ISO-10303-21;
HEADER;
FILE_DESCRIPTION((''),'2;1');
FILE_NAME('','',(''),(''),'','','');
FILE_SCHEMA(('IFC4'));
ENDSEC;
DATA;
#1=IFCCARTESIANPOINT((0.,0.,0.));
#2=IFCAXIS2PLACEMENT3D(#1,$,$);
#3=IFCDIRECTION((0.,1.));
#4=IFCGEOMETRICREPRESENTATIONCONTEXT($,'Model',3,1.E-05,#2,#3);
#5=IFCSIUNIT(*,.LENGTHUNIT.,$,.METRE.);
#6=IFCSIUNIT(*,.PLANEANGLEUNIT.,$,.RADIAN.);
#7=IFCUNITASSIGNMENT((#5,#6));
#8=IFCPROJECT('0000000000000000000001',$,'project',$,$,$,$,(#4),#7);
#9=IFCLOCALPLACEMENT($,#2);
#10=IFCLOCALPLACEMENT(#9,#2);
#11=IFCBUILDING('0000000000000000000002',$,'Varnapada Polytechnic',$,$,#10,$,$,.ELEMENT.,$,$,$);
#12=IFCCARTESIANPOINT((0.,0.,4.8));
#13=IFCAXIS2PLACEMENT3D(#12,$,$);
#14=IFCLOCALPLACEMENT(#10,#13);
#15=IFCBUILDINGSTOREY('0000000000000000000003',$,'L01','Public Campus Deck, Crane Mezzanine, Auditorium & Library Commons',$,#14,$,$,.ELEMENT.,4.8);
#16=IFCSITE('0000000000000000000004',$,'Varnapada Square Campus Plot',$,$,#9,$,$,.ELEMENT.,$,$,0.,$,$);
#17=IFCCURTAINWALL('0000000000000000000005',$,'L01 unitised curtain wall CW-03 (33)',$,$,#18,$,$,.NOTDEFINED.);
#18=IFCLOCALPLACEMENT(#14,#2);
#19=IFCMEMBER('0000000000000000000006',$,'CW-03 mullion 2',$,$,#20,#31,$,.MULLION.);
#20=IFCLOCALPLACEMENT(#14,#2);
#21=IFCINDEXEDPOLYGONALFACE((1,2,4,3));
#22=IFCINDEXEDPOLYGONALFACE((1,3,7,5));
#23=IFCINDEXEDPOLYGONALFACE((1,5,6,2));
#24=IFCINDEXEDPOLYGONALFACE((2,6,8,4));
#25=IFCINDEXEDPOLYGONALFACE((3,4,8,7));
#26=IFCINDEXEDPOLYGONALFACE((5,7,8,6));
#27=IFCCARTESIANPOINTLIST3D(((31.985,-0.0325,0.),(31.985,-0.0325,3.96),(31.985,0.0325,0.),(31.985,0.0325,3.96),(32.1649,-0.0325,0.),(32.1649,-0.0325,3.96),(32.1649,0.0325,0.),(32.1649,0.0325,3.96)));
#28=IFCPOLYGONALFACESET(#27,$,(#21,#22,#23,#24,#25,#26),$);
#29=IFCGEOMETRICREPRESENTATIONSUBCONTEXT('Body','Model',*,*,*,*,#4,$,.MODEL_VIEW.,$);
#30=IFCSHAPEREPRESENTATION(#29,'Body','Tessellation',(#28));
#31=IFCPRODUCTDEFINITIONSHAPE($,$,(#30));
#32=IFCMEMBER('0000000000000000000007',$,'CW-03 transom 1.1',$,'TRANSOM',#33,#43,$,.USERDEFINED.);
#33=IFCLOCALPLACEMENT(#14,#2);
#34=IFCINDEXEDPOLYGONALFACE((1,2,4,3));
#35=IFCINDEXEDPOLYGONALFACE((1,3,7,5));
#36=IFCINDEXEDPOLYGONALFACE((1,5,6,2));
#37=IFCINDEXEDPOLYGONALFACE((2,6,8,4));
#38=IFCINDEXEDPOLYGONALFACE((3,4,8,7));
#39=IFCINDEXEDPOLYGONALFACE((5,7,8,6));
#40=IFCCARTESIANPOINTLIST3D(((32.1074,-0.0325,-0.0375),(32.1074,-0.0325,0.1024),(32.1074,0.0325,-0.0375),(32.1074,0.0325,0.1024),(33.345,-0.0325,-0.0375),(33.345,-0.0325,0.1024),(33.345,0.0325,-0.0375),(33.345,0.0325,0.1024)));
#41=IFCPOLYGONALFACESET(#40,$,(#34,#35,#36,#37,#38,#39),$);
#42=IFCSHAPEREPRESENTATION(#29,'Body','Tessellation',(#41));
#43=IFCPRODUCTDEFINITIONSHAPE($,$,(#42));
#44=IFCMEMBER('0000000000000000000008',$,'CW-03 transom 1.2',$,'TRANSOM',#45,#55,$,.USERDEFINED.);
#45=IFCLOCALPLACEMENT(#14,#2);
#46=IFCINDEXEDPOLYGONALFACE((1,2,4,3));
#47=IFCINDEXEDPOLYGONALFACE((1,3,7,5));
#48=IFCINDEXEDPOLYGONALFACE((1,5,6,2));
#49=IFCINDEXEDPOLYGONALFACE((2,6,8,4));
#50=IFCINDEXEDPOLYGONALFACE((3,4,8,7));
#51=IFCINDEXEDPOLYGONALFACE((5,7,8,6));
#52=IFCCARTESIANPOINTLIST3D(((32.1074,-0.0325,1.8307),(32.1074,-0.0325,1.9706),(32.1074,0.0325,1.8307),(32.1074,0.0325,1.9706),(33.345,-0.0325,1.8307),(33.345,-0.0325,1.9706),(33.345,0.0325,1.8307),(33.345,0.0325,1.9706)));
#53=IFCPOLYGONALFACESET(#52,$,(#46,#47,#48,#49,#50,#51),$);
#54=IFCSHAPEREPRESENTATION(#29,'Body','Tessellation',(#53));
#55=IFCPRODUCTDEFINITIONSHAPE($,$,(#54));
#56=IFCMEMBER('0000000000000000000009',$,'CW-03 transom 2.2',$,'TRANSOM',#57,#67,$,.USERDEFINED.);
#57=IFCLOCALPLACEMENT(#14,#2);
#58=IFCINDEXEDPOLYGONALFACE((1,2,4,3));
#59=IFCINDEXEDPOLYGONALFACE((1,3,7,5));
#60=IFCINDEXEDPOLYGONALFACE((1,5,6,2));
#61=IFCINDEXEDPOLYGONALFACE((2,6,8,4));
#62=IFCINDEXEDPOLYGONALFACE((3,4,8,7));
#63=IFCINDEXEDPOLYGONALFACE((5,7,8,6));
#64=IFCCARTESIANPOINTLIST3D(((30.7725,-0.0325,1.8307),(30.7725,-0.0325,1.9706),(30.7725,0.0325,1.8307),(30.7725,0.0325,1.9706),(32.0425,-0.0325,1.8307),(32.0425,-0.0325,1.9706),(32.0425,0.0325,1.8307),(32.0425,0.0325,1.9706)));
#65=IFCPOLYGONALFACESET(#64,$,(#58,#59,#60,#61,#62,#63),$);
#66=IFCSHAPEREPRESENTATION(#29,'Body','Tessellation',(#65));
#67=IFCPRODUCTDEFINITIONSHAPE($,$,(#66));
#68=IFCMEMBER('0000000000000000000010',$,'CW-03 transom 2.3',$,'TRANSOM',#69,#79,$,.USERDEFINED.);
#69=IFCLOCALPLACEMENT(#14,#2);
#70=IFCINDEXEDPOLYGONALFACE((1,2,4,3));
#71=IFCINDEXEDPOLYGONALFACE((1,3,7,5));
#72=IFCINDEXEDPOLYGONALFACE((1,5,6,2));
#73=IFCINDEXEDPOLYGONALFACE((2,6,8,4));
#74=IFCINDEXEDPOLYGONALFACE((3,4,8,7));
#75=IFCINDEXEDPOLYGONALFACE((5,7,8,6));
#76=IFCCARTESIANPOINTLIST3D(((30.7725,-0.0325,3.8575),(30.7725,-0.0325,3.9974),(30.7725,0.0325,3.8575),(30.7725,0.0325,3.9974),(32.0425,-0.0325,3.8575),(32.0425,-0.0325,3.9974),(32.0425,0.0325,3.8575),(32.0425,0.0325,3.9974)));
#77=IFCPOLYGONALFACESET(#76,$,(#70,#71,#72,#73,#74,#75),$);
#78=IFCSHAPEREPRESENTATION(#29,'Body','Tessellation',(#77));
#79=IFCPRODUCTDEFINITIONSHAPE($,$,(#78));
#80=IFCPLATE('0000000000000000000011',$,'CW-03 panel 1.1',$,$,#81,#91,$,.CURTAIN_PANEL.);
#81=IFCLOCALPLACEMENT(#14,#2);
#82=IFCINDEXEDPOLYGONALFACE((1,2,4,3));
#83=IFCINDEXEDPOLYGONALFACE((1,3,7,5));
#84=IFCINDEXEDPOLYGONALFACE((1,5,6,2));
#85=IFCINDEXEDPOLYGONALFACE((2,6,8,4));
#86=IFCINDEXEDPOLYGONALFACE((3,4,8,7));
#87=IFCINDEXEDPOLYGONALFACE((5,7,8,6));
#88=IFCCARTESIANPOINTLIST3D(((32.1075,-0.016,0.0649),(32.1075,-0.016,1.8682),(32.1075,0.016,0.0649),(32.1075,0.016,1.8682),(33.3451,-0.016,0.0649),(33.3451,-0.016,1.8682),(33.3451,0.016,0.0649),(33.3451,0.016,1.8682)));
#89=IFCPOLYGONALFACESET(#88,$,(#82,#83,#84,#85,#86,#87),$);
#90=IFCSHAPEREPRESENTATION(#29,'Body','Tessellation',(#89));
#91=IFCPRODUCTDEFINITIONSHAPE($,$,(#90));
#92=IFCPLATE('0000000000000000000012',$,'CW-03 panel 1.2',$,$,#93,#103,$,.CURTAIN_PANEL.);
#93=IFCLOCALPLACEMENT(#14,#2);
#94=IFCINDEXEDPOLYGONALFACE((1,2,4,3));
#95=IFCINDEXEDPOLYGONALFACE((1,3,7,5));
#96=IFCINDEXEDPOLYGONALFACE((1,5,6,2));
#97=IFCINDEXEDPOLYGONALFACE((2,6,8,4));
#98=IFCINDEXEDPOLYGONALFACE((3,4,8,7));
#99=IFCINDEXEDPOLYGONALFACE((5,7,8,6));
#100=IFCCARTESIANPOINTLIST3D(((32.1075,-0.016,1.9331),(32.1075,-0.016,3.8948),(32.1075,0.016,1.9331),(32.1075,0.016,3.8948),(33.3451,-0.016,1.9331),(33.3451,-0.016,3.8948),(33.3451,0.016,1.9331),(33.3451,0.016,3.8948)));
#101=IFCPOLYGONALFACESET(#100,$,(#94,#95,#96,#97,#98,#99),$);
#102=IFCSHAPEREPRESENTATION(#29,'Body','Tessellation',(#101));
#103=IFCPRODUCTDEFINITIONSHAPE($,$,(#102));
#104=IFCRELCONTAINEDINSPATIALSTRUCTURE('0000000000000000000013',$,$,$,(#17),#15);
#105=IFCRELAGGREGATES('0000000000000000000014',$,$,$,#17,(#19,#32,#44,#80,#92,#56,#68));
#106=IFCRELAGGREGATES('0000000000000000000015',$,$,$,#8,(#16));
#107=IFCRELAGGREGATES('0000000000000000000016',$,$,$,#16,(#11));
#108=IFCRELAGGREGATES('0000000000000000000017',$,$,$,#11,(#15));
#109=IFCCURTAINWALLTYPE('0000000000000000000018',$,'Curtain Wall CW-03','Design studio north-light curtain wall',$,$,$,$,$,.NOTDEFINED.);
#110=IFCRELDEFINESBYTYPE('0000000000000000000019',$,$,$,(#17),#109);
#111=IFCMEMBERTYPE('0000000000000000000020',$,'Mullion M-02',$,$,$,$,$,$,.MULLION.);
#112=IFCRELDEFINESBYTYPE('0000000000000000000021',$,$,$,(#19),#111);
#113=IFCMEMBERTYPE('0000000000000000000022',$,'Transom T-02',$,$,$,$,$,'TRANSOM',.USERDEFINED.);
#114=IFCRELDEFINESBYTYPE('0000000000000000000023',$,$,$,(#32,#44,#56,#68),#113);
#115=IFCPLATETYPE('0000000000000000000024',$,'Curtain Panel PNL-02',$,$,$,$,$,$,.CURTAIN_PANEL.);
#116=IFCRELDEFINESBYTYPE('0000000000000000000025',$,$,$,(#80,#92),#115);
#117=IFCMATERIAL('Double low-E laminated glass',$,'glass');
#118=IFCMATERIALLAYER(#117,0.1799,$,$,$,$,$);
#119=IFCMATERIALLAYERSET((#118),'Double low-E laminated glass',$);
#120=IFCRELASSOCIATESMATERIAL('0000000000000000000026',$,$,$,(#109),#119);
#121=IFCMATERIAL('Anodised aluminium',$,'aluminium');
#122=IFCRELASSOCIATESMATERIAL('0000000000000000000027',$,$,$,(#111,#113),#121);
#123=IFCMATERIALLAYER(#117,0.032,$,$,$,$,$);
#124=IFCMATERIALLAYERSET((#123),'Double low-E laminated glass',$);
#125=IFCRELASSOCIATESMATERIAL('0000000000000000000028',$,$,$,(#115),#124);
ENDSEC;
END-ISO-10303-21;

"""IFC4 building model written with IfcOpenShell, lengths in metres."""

from ifc_helpers import new_model, si_unit, direction, frame, origin, origin_2d, place, context, subcontext, project, spatial, rectangle, extrude, material, layer, layer_set, material_profile, profile_set, type_object, element, aggregate, save


model = new_model("IFC4")

# Units and contexts
model_context = context("Model", 3, precision=1e-05, world=origin(), true_north=direction((0.0, 1.0)))
body_context = subcontext(model_context, "Body", "Model", "MODEL_VIEW")
ifc_project = project(units=[si_unit("LENGTHUNIT", "METRE"), si_unit("PLANEANGLEUNIT", "RADIAN")], contexts=[model_context])

# Site, building, storey
site_placement = place(None, origin())
site = spatial("IfcSite", under=ifc_project, at=site_placement, Name="Varnapada Square Campus Plot", CompositionType="ELEMENT", RefElevation=0.0)
building_placement = place(site_placement, origin())
building = spatial("IfcBuilding", under=site, at=building_placement, Name="Varnapada Polytechnic", CompositionType="ELEMENT")
storey_placement = place(building_placement, frame((0.0, 0.0, 4.8)))
storey = spatial("IfcBuildingStorey", under=building, at=storey_placement, Name="L01", Description="Public Campus Deck, Crane Mezzanine, Auditorium & Library Commons", CompositionType="ELEMENT", Elevation=4.8)

# Curtain wall, members, plates
ifc_material_1 = material(Name="Double low-E laminated glass", Category="glass")
ifc_layer_1 = layer(ifc_material_1, 0.1799)
ifc_layer_set_1 = layer_set([ifc_layer_1], Name="Double low-E laminated glass")
curtain_wall_type = type_object("IfcCurtainWallType", Name="Curtain Wall CW-03", Description="Design studio north-light curtain wall", PredefinedType="NOTDEFINED", material=ifc_layer_set_1)
curtain_wall_placement = place(storey_placement, origin())
curtain_wall = element("IfcCurtainWall", 1, at=curtain_wall_placement, inside=storey, type_object=curtain_wall_type, Name="L01 unitised curtain wall CW-03 (33)", PredefinedType="NOTDEFINED")
ifc_material_2 = material(Name="Anodised aluminium", Category="aluminium")
ifc_material_profile_1 = material_profile(ifc_material_2, rectangle(XDim=0.0649, YDim=0.1799, at=origin_2d()), Name="ALU M65x180")
ifc_profile_set_1 = profile_set([ifc_material_profile_1], Name="Anodised aluminium")
member_type_1 = type_object("IfcMemberType", Name="Mullion M-02", PredefinedType="MULLION", material=ifc_profile_set_1)
member_1_placement = place(storey_placement, frame((32.075, 0.0, 0.0), z_axis=(0.0, 0.0, 1.0), x_axis=(0.0, -1.0, 0.0)))
member_1 = element("IfcMember", 2, at=member_1_placement, type_object=member_type_1, Name="CW-03 mullion 2", PredefinedType="MULLION", context=body_context, shape_type="SweptSolid", body=[
    extrude(rectangle(XDim=0.0649, YDim=0.1799, at=origin_2d()), origin(), (0.0, 0.0, 1.0), 3.96),
])
ifc_material_profile_2 = material_profile(ifc_material_2, rectangle(XDim=0.0649, YDim=0.1399, at=origin_2d()), Name="ALU T65x140")
ifc_profile_set_2 = profile_set([ifc_material_profile_2], Name="Anodised aluminium")
member_type_2 = type_object("IfcMemberType", Name="Transom T-02", ElementType="TRANSOM", PredefinedType="USERDEFINED", material=ifc_profile_set_2)
member_2_placement = place(storey_placement, frame((33.345, 0.0, 0.0325), z_axis=(-1.0, 0.0, 0.0), x_axis=(0.0, -1.0, 0.0)))
member_2 = element("IfcMember", 3, at=member_2_placement, type_object=member_type_2, Name="CW-03 transom 1.1", ObjectType="TRANSOM", PredefinedType="USERDEFINED", context=body_context, shape_type="SweptSolid", body=[
    extrude(rectangle(XDim=0.0649, YDim=0.1399, at=origin_2d()), origin(), (0.0, 0.0, 1.0), 1.2375),
])
member_3_placement = place(storey_placement, frame((33.345, 0.0, 1.9006), z_axis=(-1.0, 0.0, 0.0), x_axis=(0.0, -1.0, 0.0)))
member_3 = element("IfcMember", 4, at=member_3_placement, type_object=member_type_2, Name="CW-03 transom 1.2", ObjectType="TRANSOM", PredefinedType="USERDEFINED", context=body_context, shape_type="SweptSolid", body=[
    extrude(rectangle(XDim=0.0649, YDim=0.1399, at=origin_2d()), origin(), (0.0, 0.0, 1.0), 1.2375),
])
member_4_placement = place(storey_placement, frame((32.0425, 0.0, 1.9006), z_axis=(-1.0, 0.0, 0.0), x_axis=(0.0, -1.0, 0.0)))
member_4 = element("IfcMember", 5, at=member_4_placement, type_object=member_type_2, Name="CW-03 transom 2.2", ObjectType="TRANSOM", PredefinedType="USERDEFINED", context=body_context, shape_type="SweptSolid", body=[
    extrude(rectangle(XDim=0.0649, YDim=0.1399, at=origin_2d()), origin(), (0.0, 0.0, 1.0), 1.27),
])
member_5_placement = place(storey_placement, frame((32.0425, 0.0, 3.9275), z_axis=(-1.0, 0.0, 0.0), x_axis=(0.0, -1.0, 0.0)))
member_5 = element("IfcMember", 6, at=member_5_placement, type_object=member_type_2, Name="CW-03 transom 2.3", ObjectType="TRANSOM", PredefinedType="USERDEFINED", context=body_context, shape_type="SweptSolid", body=[
    extrude(rectangle(XDim=0.0649, YDim=0.1399, at=origin_2d()), origin(), (0.0, 0.0, 1.0), 1.27),
])
ifc_layer_2 = layer(ifc_material_1, 0.032)
ifc_layer_set_2 = layer_set([ifc_layer_2], Name="Double low-E laminated glass")
plate_type = type_object("IfcPlateType", Name="Curtain Panel PNL-02", PredefinedType="CURTAIN_PANEL", material=ifc_layer_set_2)
plate_1_placement = place(storey_placement, frame((32.7263, 0.0, 0.0649), z_axis=(0.0, 0.0, 1.0), x_axis=(-1.0, 0.0, 0.0)))
plate_1 = element("IfcPlate", 7, at=plate_1_placement, type_object=plate_type, Name="CW-03 panel 1.1", PredefinedType="CURTAIN_PANEL", context=body_context, shape_type="SweptSolid", body=[
    extrude(rectangle(XDim=1.2375, YDim=0.032, at=origin_2d()), origin(), (0.0, 0.0, 1.0), 1.8032),
])
plate_2_placement = place(storey_placement, frame((32.7263, 0.0, 1.9331), z_axis=(0.0, 0.0, 1.0), x_axis=(-1.0, 0.0, 0.0)))
plate_2 = element("IfcPlate", 8, at=plate_2_placement, type_object=plate_type, Name="CW-03 panel 1.2", PredefinedType="CURTAIN_PANEL", context=body_context, shape_type="SweptSolid", body=[
    extrude(rectangle(XDim=1.2375, YDim=0.032, at=origin_2d()), origin(), (0.0, 0.0, 1.0), 1.9617),
])
aggregate(curtain_wall, [member_1, member_2, member_3, plate_1, plate_2, member_4, member_5])

save(model, "model.ifc")
